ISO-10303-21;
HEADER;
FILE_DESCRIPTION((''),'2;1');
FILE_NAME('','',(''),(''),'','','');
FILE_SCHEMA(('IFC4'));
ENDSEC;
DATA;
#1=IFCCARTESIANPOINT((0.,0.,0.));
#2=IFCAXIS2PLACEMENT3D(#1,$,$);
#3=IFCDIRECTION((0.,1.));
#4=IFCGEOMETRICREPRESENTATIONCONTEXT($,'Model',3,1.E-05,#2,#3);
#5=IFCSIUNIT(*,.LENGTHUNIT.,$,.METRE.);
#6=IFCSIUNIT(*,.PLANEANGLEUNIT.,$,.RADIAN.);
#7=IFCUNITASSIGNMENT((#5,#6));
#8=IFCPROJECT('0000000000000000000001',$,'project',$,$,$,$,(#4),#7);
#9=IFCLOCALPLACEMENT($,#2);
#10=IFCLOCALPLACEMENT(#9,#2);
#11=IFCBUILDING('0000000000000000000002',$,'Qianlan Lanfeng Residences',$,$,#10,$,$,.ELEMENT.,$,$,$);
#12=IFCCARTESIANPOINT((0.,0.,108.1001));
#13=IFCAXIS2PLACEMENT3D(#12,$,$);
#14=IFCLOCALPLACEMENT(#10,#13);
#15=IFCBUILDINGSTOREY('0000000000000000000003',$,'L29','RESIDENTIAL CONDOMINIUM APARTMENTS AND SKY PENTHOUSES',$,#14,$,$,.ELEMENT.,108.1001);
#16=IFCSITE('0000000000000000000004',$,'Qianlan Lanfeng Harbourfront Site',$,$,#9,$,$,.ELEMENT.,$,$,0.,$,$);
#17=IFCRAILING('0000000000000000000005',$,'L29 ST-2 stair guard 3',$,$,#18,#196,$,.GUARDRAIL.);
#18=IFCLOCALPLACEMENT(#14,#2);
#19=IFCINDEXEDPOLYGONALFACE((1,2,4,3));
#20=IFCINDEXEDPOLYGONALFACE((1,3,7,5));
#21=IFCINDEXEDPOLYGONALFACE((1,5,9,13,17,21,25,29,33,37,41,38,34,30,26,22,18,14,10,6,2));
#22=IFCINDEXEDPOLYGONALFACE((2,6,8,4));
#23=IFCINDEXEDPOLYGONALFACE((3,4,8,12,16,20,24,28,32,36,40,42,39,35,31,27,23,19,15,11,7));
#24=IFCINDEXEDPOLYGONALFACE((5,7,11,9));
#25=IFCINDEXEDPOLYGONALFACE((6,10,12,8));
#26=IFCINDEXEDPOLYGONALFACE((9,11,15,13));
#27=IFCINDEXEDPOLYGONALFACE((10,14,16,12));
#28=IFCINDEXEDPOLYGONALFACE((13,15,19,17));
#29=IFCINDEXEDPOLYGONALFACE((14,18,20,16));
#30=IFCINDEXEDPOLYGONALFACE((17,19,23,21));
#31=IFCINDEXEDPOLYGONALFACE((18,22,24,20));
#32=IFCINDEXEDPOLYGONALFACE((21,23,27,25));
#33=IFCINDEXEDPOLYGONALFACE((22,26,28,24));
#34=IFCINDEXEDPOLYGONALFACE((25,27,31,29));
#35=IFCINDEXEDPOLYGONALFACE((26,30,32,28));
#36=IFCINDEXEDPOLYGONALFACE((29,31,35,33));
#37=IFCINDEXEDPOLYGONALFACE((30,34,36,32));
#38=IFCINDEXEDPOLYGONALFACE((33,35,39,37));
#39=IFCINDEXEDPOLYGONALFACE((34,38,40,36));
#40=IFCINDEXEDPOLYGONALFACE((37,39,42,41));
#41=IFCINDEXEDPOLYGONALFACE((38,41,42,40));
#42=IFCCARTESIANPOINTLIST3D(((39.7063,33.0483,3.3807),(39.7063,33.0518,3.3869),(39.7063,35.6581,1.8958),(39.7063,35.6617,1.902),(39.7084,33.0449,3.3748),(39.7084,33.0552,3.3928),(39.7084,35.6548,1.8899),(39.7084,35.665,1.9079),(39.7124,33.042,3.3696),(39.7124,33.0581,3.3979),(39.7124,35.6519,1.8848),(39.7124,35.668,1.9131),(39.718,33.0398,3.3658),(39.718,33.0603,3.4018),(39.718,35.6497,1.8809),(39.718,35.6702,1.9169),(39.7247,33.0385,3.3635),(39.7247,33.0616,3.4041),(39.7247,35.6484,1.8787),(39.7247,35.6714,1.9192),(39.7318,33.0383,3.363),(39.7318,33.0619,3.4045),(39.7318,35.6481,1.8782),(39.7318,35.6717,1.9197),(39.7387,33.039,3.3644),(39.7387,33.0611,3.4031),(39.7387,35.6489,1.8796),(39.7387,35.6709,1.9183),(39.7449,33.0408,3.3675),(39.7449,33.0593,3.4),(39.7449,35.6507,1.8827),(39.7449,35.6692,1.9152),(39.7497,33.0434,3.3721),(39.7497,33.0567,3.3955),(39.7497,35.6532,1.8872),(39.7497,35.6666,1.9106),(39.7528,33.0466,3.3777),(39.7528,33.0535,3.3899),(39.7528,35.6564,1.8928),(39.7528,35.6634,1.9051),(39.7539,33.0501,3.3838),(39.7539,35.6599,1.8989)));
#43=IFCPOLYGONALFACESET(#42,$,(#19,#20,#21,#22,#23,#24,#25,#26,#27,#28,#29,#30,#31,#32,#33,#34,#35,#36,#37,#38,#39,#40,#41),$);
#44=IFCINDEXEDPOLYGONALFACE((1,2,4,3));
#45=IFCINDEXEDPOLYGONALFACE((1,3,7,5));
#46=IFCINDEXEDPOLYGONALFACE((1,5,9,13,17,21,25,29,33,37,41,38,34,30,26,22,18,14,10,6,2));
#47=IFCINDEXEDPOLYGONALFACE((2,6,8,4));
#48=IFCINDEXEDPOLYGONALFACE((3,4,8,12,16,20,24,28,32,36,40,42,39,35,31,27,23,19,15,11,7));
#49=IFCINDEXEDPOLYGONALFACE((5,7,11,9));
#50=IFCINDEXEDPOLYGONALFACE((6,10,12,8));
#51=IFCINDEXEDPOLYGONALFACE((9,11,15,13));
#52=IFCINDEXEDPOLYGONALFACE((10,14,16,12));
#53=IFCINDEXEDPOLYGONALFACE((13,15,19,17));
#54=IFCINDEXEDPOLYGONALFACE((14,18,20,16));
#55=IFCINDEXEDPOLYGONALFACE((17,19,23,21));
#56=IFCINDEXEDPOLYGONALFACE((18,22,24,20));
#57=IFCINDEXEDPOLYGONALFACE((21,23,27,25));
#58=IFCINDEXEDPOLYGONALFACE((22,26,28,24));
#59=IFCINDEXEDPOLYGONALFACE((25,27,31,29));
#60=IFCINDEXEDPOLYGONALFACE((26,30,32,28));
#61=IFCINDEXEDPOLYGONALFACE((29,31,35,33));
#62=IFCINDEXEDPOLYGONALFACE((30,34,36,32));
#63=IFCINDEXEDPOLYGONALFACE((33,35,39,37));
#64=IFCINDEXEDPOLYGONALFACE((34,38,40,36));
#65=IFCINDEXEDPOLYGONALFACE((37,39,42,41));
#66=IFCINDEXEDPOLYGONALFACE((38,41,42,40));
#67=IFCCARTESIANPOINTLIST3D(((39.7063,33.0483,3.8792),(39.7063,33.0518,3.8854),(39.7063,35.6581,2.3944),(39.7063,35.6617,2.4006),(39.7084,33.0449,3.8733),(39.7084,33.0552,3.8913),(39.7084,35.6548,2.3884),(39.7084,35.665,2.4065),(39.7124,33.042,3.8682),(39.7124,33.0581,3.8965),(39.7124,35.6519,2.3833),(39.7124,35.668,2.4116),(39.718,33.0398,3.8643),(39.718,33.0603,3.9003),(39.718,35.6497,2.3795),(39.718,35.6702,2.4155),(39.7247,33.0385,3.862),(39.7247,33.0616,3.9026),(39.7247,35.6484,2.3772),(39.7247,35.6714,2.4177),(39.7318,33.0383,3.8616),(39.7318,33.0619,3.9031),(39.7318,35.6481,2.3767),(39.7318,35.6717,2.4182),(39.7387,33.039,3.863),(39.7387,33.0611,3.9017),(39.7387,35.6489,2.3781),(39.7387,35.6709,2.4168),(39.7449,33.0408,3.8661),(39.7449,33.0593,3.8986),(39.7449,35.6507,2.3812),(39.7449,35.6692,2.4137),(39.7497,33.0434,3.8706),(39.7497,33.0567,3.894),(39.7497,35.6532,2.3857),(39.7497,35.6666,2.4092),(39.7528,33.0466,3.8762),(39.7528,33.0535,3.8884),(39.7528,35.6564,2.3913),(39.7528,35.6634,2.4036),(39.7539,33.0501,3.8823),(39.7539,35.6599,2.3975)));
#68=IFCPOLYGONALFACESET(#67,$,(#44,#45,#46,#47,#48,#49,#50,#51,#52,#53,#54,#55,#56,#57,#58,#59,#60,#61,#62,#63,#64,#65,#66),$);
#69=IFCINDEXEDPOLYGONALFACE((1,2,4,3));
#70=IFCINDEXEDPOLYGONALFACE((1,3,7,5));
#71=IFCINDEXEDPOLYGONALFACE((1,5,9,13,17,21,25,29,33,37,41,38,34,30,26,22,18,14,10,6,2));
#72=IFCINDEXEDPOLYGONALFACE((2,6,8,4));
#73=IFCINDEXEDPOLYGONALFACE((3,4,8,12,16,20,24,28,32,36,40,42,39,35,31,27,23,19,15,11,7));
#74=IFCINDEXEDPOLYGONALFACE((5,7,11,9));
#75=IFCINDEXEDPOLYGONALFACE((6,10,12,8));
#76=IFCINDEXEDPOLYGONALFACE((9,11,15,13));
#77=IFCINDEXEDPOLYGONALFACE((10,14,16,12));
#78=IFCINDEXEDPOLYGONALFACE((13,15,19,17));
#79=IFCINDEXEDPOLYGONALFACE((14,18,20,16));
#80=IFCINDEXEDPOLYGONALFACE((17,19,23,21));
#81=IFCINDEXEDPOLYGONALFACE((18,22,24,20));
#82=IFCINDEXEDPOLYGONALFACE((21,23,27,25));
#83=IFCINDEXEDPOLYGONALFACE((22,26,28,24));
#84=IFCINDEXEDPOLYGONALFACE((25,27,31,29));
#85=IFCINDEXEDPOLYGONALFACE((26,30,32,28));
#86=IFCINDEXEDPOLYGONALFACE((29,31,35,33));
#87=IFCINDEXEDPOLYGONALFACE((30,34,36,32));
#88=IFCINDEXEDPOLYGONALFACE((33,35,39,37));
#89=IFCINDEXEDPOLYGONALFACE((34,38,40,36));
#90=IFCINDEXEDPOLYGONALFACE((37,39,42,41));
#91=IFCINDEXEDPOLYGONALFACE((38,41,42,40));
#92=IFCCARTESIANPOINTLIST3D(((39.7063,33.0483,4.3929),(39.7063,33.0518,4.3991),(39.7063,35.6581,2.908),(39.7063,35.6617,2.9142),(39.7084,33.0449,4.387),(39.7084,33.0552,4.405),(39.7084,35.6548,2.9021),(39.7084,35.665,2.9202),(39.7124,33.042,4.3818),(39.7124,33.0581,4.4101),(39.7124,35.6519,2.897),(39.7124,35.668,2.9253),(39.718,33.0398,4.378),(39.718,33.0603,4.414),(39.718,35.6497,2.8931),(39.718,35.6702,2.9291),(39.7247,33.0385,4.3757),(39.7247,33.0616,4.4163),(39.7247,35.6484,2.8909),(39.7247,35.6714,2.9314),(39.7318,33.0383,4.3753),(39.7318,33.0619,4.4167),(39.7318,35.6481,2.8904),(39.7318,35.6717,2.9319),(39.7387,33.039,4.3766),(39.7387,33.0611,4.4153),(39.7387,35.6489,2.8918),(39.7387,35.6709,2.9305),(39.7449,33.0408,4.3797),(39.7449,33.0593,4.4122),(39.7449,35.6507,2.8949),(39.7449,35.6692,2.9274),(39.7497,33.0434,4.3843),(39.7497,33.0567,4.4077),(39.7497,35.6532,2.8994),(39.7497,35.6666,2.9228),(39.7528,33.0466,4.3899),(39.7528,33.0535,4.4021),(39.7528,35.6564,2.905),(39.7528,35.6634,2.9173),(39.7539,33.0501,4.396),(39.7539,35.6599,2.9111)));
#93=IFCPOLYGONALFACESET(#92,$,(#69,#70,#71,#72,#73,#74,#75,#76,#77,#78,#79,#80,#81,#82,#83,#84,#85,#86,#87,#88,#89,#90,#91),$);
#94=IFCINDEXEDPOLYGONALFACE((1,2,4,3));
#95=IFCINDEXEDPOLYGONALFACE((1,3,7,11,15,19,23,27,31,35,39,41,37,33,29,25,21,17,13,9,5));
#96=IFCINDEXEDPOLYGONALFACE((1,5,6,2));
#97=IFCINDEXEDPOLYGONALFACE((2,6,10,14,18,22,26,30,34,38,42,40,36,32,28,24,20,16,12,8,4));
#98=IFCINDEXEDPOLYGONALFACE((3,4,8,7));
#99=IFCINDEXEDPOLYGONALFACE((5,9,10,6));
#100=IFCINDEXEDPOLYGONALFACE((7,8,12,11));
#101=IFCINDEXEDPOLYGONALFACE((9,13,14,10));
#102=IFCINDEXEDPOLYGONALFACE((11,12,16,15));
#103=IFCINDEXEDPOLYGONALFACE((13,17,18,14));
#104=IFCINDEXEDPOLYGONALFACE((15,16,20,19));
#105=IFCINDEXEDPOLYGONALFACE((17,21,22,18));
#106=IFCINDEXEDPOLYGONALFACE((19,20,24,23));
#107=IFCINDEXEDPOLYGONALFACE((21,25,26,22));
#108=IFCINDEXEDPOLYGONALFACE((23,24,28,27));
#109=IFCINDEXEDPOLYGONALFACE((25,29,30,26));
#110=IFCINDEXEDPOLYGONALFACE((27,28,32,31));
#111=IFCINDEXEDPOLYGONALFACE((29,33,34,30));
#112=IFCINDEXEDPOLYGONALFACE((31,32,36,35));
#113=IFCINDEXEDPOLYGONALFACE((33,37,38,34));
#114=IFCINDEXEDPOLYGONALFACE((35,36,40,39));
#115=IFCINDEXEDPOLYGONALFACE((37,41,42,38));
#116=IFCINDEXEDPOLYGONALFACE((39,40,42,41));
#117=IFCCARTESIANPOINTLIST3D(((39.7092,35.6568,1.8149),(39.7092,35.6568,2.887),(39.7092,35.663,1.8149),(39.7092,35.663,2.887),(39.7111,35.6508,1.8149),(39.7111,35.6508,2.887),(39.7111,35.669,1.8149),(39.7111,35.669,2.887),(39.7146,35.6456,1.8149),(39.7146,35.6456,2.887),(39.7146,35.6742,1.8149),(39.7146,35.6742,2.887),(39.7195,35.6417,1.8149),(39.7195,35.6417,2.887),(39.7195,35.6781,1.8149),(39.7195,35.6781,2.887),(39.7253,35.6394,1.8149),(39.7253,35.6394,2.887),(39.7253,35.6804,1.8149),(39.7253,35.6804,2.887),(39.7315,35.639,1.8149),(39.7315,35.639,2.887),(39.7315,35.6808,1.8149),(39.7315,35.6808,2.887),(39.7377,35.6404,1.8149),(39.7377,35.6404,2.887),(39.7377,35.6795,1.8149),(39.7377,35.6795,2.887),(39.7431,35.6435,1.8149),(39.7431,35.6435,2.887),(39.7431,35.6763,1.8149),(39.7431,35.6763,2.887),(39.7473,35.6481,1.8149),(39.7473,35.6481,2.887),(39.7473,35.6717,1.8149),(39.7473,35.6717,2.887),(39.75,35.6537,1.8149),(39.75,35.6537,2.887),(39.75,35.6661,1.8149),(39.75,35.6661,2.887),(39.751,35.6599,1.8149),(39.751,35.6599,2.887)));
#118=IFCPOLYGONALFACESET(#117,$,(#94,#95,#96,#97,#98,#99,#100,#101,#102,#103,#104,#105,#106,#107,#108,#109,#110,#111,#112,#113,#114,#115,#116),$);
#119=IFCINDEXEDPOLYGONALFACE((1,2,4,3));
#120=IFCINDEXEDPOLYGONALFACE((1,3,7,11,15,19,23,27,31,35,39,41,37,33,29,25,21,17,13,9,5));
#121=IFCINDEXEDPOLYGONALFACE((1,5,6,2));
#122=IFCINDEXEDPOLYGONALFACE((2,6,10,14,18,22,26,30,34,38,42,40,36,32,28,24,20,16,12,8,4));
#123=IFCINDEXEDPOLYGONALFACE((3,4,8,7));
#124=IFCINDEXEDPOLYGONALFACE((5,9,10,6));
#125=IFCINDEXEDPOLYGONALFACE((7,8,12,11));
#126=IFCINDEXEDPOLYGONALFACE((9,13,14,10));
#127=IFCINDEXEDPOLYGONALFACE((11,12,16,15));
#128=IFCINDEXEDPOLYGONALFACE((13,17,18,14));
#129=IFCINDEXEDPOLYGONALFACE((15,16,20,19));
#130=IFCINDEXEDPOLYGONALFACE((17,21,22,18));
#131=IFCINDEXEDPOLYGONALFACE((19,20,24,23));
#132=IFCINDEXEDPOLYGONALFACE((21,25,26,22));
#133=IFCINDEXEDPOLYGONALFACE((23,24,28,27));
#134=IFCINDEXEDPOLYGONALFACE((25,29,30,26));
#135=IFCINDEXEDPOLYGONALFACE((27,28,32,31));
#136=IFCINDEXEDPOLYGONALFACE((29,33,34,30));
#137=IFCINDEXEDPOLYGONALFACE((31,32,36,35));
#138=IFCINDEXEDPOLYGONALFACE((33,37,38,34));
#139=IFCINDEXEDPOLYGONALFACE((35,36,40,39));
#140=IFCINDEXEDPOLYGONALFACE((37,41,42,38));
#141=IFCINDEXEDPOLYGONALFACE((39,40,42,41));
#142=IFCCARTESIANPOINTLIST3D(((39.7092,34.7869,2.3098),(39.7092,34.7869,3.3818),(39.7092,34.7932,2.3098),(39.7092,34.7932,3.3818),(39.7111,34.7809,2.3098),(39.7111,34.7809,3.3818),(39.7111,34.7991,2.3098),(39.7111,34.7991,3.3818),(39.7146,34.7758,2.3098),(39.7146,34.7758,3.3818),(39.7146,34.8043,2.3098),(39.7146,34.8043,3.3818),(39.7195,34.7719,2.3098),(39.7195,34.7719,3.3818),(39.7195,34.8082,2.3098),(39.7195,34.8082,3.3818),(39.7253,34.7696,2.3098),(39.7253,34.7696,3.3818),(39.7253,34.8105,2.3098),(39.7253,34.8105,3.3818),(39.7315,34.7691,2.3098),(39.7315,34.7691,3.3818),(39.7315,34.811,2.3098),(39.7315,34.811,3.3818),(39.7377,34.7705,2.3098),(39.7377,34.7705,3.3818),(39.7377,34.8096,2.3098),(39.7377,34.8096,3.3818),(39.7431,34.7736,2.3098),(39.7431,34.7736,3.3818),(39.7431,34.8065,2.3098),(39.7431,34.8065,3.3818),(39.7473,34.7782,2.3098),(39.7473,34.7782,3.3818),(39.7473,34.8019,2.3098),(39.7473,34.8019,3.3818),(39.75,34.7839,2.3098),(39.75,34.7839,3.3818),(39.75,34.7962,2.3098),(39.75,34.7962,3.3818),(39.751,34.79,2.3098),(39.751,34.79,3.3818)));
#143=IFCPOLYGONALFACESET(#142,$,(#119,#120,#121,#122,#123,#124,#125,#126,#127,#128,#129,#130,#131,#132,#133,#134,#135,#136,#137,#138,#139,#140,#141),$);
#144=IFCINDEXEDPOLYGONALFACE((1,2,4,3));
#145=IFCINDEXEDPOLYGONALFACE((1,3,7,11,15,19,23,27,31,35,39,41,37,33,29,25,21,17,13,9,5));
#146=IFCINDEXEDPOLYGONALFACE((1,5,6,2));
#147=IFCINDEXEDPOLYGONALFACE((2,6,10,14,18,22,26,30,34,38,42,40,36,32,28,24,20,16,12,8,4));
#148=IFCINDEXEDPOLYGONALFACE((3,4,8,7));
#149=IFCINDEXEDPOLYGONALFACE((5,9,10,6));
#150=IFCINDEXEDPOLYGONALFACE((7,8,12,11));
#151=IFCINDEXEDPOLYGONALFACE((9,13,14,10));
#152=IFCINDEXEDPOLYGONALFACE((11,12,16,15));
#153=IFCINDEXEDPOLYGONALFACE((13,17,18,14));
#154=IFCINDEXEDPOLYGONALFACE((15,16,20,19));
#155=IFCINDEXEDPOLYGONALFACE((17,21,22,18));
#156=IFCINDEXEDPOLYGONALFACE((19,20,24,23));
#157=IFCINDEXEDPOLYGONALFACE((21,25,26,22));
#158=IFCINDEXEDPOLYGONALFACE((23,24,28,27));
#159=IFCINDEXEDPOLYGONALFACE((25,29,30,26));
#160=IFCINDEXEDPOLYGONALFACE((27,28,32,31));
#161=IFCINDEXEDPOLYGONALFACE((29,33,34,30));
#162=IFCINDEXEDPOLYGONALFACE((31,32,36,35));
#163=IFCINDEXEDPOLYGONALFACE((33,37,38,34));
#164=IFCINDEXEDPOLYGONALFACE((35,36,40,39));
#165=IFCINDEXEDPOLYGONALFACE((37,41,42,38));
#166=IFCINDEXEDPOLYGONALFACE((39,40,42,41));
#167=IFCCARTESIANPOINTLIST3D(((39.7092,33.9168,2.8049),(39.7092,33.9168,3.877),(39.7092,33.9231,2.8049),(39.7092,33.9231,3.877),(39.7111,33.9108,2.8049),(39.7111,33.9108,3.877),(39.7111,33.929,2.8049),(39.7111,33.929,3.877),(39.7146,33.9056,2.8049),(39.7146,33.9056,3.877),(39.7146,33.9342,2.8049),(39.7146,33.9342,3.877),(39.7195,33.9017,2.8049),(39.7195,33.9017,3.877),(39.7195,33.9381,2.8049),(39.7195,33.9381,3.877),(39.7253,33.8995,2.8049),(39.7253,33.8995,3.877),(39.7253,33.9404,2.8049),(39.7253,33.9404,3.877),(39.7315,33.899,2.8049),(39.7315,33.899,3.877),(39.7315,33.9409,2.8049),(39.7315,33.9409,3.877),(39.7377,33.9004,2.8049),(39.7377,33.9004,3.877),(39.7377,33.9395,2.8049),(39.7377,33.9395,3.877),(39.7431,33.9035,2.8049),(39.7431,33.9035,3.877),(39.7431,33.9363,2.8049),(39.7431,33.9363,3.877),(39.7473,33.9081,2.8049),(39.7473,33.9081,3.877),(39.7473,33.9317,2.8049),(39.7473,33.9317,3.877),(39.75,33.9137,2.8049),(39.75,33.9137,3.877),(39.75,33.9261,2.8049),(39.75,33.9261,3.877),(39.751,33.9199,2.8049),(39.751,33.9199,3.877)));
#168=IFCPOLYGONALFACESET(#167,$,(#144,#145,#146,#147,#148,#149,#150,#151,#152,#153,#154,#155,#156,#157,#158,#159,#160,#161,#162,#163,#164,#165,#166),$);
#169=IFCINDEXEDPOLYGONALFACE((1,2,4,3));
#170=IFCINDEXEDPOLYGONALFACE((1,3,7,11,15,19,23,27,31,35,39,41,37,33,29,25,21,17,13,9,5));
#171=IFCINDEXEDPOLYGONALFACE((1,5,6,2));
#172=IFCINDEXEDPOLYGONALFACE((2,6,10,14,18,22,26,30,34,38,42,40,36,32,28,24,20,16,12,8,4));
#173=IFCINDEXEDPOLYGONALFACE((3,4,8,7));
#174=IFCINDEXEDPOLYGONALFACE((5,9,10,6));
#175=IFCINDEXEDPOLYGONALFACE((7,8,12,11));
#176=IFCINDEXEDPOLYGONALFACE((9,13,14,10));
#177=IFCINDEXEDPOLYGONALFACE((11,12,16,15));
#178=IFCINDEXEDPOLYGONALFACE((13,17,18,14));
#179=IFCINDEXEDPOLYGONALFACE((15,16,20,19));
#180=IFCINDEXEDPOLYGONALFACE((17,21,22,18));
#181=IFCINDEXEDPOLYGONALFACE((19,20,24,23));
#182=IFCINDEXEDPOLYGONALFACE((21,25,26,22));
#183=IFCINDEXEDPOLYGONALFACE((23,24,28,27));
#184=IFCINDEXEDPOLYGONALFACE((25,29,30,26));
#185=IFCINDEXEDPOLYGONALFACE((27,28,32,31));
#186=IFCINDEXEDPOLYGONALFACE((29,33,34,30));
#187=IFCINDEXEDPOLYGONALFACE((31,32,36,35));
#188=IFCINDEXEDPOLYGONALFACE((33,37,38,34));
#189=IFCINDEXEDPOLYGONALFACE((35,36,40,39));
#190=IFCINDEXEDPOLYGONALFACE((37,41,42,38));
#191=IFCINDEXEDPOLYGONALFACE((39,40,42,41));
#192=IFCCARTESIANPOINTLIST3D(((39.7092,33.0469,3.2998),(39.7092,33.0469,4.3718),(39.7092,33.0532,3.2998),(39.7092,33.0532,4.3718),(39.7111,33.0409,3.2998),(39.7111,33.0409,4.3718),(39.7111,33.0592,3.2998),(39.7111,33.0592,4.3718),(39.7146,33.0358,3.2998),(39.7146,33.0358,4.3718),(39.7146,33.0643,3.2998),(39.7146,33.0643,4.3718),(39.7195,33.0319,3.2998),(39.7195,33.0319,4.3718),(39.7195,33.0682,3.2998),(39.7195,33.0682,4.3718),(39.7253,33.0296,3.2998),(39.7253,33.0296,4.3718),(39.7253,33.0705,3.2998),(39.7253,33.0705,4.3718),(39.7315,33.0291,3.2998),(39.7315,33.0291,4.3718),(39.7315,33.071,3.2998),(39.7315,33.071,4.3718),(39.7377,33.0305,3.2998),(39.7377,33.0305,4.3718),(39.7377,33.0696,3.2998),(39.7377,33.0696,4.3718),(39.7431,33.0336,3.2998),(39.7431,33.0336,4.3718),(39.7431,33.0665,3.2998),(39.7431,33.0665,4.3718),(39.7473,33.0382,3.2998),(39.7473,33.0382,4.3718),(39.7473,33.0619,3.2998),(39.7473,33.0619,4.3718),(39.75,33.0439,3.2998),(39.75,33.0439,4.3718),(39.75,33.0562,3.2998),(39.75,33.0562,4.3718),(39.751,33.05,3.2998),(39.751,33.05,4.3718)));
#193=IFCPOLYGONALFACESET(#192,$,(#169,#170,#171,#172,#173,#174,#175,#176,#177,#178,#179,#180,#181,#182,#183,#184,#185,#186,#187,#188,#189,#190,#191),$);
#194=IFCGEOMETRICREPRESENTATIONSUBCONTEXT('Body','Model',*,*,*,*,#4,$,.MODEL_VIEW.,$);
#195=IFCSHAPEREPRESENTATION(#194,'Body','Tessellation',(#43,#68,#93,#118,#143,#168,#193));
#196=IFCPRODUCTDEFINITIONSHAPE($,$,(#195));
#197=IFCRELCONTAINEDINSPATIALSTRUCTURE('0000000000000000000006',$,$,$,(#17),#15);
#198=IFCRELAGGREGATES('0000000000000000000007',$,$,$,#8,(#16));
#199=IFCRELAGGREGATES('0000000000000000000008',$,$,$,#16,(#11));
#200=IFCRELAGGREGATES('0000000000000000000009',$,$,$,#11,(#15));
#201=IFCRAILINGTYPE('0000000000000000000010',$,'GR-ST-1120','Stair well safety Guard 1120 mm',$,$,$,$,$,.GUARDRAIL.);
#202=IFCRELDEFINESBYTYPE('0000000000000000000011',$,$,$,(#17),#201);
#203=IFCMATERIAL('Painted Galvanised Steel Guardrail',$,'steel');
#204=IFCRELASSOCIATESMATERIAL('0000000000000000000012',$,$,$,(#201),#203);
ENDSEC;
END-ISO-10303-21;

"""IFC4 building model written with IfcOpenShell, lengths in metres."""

from ifc_helpers import new_model, si_unit, direction, frame, origin, origin_2d, place, context, subcontext, project, spatial, circle, extrude, material, type_object, element, save


model = new_model("IFC4")

# Units and contexts
model_context = context("Model", 3, precision=1e-05, world=origin(), true_north=direction((0.0, 1.0)))
body_context = subcontext(model_context, "Body", "Model", "MODEL_VIEW")
ifc_project = project(units=[si_unit("LENGTHUNIT", "METRE"), si_unit("PLANEANGLEUNIT", "RADIAN")], contexts=[model_context])

# Site, building, storey
site_placement = place(None, origin())
site = spatial("IfcSite", under=ifc_project, at=site_placement, Name="Qianlan Lanfeng Harbourfront Site", CompositionType="ELEMENT", RefElevation=0.0)
building_placement = place(site_placement, origin())
building = spatial("IfcBuilding", under=site, at=building_placement, Name="Qianlan Lanfeng Residences", CompositionType="ELEMENT")
storey_placement = place(building_placement, frame((0.0, 0.0, 108.1001)))
storey = spatial("IfcBuildingStorey", under=building, at=storey_placement, Name="L29", Description="RESIDENTIAL CONDOMINIUM APARTMENTS AND SKY PENTHOUSES", CompositionType="ELEMENT", Elevation=108.1001)

# Railing
ifc_material_1 = material(Name="Painted Galvanised Steel Guardrail", Category="steel")
railing_type_1 = type_object("IfcRailingType", Name="GR-ST-1120", Description="Stair well safety Guard 1120 mm", PredefinedType="GUARDRAIL", material=ifc_material_1)
railing_1_placement = place(storey_placement, frame((39.73, 35.6599, 1.8149)))
element("IfcRailing", 1, at=railing_1_placement, inside=storey, type_object=railing_type_1, Name="L29 ST-2 stair guard 3", PredefinedType="GUARDRAIL", context=body_context, shape_type="SweptSolid", body=[
    extrude(circle(Radius=0.0239, at=origin_2d()), frame((0.0, 0.0, 0.084), z_axis=(0.0, -0.869172, 0.494509), x_axis=(1.0, 0.0, 0.0)), (0.0, 0.0, 1.0), 3.0027),
    extrude(circle(Radius=0.0239, at=origin_2d()), frame((0.0, 0.0, 0.5825), z_axis=(0.0, -0.869172, 0.494509), x_axis=(1.0, 0.0, 0.0)), (0.0, 0.0, 1.0), 3.0027),
    extrude(circle(Radius=0.0239, at=origin_2d()), frame((0.0, 0.0, 1.0962), z_axis=(0.0, -0.869172, 0.494509), x_axis=(1.0, 0.0, 0.0)), (0.0, 0.0, 1.0), 3.0027),
    extrude(circle(Radius=0.021, at=origin_2d()), origin(), (0.0, 0.0, 1.0), 1.072),
    extrude(circle(Radius=0.021, at=origin_2d()), frame((0.0, -0.8699, 0.4949)), (0.0, 0.0, 1.0), 1.072),
    extrude(circle(Radius=0.021, at=origin_2d()), frame((0.0, -1.74, 0.99)), (0.0, 0.0, 1.0), 1.072),
    extrude(circle(Radius=0.021, at=origin_2d()), frame((0.0, -2.6099, 1.4849)), (0.0, 0.0, 1.0), 1.072),
])

save(model, "model.ifc")
